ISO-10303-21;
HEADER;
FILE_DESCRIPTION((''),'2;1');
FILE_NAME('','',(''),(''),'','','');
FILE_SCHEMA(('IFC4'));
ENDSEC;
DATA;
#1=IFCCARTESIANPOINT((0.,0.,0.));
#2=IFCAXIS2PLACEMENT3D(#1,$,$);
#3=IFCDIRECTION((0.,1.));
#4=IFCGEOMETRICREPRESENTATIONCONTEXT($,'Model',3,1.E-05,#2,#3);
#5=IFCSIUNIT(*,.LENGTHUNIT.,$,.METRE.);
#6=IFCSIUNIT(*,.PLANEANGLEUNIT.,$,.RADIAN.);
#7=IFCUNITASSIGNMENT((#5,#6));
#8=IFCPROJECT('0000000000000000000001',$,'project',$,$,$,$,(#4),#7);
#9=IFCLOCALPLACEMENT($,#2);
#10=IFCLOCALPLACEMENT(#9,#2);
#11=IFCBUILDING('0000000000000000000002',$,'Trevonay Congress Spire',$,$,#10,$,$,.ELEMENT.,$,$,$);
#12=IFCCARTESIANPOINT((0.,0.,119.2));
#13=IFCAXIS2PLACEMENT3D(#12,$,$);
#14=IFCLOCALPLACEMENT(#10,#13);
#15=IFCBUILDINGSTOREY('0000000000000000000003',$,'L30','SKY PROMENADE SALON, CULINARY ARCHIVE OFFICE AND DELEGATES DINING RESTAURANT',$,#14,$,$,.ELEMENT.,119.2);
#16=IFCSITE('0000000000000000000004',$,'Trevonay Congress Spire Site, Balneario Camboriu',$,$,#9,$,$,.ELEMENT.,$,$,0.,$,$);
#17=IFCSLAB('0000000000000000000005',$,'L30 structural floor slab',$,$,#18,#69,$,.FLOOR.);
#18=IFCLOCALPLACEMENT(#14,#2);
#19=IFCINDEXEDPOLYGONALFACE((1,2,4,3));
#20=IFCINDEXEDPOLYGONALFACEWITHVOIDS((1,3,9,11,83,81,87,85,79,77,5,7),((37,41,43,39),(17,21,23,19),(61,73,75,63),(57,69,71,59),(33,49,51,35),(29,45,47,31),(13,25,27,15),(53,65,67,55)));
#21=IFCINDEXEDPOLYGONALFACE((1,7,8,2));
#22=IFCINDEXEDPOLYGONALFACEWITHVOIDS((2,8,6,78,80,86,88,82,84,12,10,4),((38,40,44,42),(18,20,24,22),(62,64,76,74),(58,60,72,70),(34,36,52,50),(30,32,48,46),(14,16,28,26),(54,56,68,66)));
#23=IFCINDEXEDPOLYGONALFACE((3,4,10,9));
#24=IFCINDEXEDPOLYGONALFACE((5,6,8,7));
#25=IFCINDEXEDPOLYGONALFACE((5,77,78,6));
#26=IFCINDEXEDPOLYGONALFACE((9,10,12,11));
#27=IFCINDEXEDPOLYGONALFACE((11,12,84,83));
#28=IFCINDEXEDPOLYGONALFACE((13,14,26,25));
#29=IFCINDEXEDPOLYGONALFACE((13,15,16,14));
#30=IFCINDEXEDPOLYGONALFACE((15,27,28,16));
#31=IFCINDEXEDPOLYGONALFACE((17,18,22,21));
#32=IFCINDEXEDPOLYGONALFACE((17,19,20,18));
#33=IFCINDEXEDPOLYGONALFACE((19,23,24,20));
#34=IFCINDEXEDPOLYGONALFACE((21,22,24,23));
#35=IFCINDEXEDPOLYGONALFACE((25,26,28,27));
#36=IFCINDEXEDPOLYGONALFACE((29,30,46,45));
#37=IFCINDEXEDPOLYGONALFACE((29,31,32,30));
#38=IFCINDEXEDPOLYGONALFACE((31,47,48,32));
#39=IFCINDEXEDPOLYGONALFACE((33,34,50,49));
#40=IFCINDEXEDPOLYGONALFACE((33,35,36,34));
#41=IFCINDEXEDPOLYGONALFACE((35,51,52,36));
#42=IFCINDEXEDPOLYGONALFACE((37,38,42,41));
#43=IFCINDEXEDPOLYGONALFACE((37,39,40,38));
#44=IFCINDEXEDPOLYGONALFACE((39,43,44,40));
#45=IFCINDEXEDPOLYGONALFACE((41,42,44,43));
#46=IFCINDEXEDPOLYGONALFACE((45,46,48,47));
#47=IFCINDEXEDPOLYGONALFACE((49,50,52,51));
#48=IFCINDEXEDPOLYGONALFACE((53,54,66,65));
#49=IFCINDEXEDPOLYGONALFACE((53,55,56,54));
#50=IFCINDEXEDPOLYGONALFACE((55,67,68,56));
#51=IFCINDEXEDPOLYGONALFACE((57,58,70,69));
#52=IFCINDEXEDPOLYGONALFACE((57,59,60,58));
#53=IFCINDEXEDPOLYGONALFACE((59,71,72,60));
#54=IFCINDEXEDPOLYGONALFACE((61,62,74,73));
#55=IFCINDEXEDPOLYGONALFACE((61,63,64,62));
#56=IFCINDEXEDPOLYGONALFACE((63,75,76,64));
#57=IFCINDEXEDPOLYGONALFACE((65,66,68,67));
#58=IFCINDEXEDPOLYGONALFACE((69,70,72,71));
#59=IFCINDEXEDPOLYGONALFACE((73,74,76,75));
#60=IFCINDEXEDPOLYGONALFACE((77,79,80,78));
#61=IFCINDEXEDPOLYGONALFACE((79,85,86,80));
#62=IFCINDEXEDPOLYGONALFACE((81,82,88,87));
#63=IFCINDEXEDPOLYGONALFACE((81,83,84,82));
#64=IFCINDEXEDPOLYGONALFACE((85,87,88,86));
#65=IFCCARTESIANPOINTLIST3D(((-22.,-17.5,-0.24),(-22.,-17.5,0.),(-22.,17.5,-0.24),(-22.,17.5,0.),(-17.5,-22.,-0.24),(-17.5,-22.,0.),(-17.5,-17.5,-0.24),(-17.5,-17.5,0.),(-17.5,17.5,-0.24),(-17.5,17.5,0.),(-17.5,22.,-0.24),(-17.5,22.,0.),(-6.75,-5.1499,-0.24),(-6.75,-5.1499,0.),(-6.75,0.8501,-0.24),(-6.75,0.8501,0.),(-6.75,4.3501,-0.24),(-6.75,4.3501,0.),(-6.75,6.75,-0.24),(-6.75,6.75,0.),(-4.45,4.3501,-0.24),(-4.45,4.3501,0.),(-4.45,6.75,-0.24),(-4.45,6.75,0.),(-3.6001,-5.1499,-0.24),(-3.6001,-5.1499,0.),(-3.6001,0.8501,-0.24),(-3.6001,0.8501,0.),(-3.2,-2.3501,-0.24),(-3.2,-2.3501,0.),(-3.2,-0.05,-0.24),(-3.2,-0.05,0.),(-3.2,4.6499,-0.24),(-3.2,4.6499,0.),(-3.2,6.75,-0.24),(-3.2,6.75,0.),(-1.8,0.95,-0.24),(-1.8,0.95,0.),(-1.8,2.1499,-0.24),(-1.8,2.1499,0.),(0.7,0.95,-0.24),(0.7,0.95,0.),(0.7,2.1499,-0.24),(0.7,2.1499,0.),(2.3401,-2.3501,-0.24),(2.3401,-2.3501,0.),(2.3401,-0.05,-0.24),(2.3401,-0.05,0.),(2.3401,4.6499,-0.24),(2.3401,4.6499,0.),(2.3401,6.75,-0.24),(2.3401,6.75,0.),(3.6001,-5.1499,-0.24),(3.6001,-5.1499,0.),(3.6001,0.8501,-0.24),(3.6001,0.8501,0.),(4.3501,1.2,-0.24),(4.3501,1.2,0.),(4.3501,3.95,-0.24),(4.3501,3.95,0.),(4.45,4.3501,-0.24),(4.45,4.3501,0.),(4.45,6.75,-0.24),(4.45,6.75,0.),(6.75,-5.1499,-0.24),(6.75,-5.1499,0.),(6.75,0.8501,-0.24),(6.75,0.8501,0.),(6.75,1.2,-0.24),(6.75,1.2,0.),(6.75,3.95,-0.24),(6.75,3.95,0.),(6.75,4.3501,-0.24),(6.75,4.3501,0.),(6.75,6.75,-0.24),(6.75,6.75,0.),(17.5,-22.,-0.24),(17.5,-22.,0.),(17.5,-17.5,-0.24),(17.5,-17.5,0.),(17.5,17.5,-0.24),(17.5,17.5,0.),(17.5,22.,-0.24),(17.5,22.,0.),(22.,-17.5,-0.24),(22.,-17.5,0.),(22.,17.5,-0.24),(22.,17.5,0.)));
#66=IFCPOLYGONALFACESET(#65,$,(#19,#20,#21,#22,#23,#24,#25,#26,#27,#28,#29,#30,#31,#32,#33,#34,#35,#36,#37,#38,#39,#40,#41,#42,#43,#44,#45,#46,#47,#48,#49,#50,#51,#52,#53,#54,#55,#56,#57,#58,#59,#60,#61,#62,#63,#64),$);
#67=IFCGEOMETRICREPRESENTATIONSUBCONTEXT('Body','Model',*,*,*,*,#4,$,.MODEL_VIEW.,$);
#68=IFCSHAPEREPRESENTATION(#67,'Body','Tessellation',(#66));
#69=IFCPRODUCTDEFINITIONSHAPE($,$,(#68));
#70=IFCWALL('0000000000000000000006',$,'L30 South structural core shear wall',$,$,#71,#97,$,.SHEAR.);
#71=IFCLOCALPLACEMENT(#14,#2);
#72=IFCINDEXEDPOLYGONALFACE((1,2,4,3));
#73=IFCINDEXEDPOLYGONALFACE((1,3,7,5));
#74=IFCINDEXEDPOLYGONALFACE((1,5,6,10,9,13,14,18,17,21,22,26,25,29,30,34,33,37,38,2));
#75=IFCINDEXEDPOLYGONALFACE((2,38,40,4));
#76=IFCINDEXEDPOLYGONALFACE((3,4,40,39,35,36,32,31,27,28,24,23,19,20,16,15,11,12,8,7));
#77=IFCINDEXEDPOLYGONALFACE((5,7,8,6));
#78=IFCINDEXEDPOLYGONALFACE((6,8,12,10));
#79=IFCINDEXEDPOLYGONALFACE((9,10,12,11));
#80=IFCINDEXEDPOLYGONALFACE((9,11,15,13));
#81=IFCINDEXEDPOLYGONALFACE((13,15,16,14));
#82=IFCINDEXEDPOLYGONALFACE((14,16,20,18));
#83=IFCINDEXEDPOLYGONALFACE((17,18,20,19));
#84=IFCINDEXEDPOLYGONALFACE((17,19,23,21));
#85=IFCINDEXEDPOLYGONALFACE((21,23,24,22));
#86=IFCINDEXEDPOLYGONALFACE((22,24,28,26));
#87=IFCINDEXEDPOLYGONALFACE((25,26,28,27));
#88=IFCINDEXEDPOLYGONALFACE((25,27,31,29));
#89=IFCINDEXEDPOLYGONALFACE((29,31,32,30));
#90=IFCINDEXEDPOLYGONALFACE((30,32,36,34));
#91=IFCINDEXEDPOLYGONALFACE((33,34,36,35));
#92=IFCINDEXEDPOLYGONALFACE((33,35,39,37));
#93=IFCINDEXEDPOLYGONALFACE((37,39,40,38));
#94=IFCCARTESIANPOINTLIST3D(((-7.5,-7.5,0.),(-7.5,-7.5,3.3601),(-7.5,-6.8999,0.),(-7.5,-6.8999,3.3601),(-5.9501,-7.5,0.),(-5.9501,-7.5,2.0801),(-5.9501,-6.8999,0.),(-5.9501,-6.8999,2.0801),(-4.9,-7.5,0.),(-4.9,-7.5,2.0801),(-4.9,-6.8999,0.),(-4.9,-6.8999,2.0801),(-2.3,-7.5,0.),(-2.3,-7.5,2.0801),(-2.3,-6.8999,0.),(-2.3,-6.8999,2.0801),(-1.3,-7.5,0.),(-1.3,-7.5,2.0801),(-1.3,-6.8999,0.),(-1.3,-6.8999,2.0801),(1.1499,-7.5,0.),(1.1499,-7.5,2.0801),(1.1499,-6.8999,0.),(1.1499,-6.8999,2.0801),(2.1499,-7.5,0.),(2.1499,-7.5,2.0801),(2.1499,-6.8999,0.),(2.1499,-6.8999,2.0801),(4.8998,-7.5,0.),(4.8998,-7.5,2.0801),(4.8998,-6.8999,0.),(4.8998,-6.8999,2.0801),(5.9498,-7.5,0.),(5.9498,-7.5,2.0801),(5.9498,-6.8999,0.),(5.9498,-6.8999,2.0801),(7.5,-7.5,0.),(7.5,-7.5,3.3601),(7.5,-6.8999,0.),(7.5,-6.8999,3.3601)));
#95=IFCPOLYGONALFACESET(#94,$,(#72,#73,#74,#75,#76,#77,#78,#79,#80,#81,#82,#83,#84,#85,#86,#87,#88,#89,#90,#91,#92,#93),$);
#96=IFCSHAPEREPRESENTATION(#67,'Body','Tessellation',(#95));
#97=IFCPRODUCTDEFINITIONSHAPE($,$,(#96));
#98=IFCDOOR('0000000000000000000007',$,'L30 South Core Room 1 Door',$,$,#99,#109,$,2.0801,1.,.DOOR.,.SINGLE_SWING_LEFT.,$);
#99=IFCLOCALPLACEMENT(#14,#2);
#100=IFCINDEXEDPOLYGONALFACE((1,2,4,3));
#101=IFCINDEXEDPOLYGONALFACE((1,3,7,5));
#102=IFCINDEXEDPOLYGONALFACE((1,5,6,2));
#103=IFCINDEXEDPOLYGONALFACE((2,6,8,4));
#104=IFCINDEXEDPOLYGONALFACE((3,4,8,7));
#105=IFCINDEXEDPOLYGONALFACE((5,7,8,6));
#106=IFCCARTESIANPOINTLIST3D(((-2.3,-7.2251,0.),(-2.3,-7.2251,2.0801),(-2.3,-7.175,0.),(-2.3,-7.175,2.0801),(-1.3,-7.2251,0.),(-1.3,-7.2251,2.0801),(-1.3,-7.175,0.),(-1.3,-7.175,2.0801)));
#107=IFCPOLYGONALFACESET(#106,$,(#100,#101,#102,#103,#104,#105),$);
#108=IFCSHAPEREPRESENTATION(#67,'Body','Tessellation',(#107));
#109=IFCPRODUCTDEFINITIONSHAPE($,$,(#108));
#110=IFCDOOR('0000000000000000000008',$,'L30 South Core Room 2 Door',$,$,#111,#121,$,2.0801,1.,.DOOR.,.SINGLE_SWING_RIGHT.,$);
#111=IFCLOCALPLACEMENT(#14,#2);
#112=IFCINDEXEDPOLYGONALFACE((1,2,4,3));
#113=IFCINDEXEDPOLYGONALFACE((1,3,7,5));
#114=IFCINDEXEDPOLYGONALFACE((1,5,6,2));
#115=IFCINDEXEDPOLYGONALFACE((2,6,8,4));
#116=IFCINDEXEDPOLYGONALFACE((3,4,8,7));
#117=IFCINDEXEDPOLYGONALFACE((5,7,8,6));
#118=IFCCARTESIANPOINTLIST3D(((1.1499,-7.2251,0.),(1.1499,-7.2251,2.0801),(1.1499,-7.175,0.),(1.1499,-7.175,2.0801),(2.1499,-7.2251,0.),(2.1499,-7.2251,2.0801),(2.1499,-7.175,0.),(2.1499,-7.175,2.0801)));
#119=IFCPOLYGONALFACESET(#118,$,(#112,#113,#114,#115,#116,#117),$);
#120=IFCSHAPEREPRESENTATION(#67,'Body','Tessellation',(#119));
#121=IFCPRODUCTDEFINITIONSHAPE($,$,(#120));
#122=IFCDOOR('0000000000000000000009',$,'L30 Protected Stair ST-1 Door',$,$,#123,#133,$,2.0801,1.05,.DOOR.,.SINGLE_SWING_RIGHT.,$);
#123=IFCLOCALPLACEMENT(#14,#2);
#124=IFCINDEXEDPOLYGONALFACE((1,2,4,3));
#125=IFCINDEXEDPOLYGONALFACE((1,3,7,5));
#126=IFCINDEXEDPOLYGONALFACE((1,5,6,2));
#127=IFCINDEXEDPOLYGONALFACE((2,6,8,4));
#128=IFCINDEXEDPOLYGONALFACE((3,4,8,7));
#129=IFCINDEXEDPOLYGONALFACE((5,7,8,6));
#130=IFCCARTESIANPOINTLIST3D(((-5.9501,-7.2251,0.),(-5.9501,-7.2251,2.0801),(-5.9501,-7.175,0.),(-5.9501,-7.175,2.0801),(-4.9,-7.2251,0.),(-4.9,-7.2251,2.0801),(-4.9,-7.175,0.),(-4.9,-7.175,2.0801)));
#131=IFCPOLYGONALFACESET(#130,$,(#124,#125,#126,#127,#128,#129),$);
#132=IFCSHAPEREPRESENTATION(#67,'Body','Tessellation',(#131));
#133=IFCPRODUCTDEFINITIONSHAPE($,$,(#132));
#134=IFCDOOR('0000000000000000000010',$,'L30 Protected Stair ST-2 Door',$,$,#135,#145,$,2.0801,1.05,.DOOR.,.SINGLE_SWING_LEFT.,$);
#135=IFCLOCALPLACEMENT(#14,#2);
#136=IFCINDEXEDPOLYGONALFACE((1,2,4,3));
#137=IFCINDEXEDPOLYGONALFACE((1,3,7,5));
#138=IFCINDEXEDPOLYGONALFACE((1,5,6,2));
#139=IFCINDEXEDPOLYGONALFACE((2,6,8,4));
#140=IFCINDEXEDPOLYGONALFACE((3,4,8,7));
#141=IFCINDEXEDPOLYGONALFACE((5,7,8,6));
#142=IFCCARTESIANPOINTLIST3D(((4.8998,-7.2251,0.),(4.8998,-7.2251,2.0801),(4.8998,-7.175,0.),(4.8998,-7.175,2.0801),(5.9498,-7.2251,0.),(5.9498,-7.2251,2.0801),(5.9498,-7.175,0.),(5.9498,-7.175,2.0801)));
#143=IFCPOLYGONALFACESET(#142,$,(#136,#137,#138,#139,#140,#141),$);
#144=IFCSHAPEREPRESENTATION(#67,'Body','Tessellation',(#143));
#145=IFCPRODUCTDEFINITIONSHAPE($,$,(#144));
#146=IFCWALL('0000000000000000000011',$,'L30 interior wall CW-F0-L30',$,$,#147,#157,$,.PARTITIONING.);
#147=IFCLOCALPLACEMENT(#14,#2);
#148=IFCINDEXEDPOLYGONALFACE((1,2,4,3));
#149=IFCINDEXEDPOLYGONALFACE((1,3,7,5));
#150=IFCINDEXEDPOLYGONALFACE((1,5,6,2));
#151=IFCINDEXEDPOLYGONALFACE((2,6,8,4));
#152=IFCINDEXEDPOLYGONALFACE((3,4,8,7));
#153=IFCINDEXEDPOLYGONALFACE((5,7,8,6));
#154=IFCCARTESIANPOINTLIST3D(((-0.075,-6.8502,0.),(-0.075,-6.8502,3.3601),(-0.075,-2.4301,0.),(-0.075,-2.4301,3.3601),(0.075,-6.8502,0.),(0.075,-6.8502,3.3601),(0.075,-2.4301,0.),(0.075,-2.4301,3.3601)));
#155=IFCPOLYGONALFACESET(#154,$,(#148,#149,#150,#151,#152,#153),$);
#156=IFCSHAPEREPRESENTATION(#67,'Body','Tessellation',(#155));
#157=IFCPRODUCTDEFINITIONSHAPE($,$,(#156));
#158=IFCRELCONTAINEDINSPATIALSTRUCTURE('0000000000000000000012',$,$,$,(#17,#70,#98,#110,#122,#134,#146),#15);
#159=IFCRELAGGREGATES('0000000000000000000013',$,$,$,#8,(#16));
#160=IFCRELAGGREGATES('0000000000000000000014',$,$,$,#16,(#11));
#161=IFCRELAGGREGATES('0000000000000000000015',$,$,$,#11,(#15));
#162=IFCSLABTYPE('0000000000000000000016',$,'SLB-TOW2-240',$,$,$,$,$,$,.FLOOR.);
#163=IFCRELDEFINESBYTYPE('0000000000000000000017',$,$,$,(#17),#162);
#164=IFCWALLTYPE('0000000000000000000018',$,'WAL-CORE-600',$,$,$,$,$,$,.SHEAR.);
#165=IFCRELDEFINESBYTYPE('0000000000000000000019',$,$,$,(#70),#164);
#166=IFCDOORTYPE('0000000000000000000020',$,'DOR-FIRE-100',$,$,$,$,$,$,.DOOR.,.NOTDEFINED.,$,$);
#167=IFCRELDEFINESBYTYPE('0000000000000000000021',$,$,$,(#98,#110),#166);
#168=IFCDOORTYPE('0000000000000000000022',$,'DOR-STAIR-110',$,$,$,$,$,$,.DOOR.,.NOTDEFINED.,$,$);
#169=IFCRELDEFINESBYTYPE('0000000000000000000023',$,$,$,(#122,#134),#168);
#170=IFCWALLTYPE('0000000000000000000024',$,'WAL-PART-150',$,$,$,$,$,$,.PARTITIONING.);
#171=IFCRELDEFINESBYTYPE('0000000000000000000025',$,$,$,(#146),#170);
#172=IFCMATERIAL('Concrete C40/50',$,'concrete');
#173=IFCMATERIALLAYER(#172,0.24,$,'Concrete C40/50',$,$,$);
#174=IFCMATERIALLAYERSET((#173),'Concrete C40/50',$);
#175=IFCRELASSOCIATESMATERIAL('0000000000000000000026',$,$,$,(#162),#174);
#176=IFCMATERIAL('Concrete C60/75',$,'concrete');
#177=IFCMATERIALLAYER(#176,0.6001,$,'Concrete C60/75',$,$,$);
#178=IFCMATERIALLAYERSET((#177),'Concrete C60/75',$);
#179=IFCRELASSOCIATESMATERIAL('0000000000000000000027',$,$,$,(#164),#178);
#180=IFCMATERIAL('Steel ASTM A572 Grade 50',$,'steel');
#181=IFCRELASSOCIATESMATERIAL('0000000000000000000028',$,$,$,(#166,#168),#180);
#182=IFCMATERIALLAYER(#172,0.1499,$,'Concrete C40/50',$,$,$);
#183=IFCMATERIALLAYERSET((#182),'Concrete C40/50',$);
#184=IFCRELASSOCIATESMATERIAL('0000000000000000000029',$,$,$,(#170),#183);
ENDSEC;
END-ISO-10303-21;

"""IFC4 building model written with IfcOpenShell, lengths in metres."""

from ifc_helpers import new_model, si_unit, direction, frame, frame_2d, origin, place, context, subcontext, project, spatial, polyline, rectangle, outline, extrude, material, layer, layer_set, type_object, element, fill, save


model = new_model("IFC4")

# Units and contexts
model_context = context("Model", 3, precision=1e-05, world=origin(), true_north=direction((0.0, 1.0)))
body_context = subcontext(model_context, "Body", "Model", "MODEL_VIEW")
ifc_project = project(units=[si_unit("LENGTHUNIT", "METRE"), si_unit("PLANEANGLEUNIT", "RADIAN")], contexts=[model_context])

# Site, building, storey
site_placement = place(None, origin())
site = spatial("IfcSite", under=ifc_project, at=site_placement, Name="Trevonay Congress Spire Site, Balneario Camboriu", CompositionType="ELEMENT", RefElevation=0.0)
building_placement = place(site_placement, origin())
building = spatial("IfcBuilding", under=site, at=building_placement, Name="Trevonay Congress Spire", CompositionType="ELEMENT")
storey_placement = place(building_placement, frame((0.0, 0.0, 119.2)))
storey = spatial("IfcBuildingStorey", under=building, at=storey_placement, Name="L30", Description="SKY PROMENADE SALON, CULINARY ARCHIVE OFFICE AND DELEGATES DINING RESTAURANT", CompositionType="ELEMENT", Elevation=119.2)

# Shared definitions
ifc_material_1 = material(Name="Steel ASTM A572 Grade 50", Category="steel")

# Slab
ifc_material_2 = material(Name="Concrete C40/50", Category="concrete")
ifc_layer_1 = layer(ifc_material_2, 0.24, Name="Concrete C40/50")
ifc_layer_set_1 = layer_set([ifc_layer_1], Name="Concrete C40/50")
slab_type = type_object("IfcSlabType", Name="SLB-TOW2-240", PredefinedType="FLOOR", material=ifc_layer_set_1)
slab_placement = place(storey_placement, frame((0.0, 0.0, -0.24)))
element("IfcSlab", 1, at=slab_placement, inside=storey, type_object=slab_type, Name="L30 structural floor slab", PredefinedType="FLOOR", context=body_context, shape_type="SweptSolid", body=[
    extrude(outline(polyline([(-17.5, -22.0), (17.5, -22.0), (17.5, -17.5), (22.0, -17.5), (22.0, 17.5), (17.5, 17.5), (17.5, 22.0), (-17.5, 22.0), (-17.5, 17.5), (-22.0, 17.5), (-22.0, -17.5), (-17.5, -17.5), (-17.5, -22.0)]), holes=[polyline([(-3.6001, -5.1499), (-3.6001, 0.8501), (-6.75, 0.8501), (-6.75, -5.1499), (-3.6001, -5.1499)]), polyline([(6.75, -5.1499), (6.75, 0.8501), (3.6001, 0.8501), (3.6001, -5.1499), (6.75, -5.1499)]), polyline([(-3.2, -2.3501), (2.3401, -2.3501), (2.3401, -0.05), (-3.2, -0.05), (-3.2, -2.3501)]), polyline([(-3.2, 4.6499), (2.3401, 4.6499), (2.3401, 6.75), (-3.2, 6.75), (-3.2, 4.6499)]), polyline([(-6.75, 4.3501), (-4.45, 4.3501), (-4.45, 6.75), (-6.75, 6.75), (-6.75, 4.3501)]), polyline([(4.45, 4.3501), (6.75, 4.3501), (6.75, 6.75), (4.45, 6.75), (4.45, 4.3501)]), polyline([(4.3501, 1.2), (6.75, 1.2), (6.75, 3.95), (4.3501, 3.95), (4.3501, 1.2)]), polyline([(-1.8, 0.95), (0.7, 0.95), (0.7, 2.1499), (-1.8, 2.1499), (-1.8, 0.95)])]), origin(), (0.0, 0.0, 1.0), 0.24),
])

# Wall, openings, doors
ifc_material_3 = material(Name="Concrete C60/75", Category="concrete")
ifc_layer_2 = layer(ifc_material_3, 0.6001, Name="Concrete C60/75")
ifc_layer_set_2 = layer_set([ifc_layer_2], Name="Concrete C60/75")
wall_type_1 = type_object("IfcWallType", Name="WAL-CORE-600", PredefinedType="SHEAR", material=ifc_layer_set_2)
wall_1_placement = place(storey_placement, frame((-7.5, -7.2, 0.0), z_axis=(0.0, 0.0, 1.0), x_axis=(1.0, 0.0, 0.0)))
wall_1 = element("IfcWall", 2, at=wall_1_placement, inside=storey, type_object=wall_type_1, Name="L30 South structural core shear wall", PredefinedType="SHEAR", context=body_context, shape_type="SweptSolid", body=[
    extrude(rectangle(XDim=15.0, YDim=0.6001, at=frame_2d((7.5, 0.0))), origin(), (0.0, 0.0, 1.0), 3.3601),
])
opening_1_placement = place(wall_1_placement, frame((1.55, 0.0, 0.0)))
opening_1 = element("IfcOpeningElement", 3, at=opening_1_placement, cuts=wall_1, PredefinedType="OPENING", context=body_context, shape_type="SweptSolid", body=[
    extrude(rectangle(XDim=1.05, YDim=2.0801, at=frame_2d((0.5249, 1.04))), frame((0.0, 0.3101, 0.0), z_axis=(0.0, -1.0, 0.0), x_axis=(1.0, 0.0, 0.0)), (0.0, 0.0, 1.0), 0.6201),
])
opening_2_placement = place(wall_1_placement, frame((12.3999, 0.0, 0.0)))
opening_2 = element("IfcOpeningElement", 4, at=opening_2_placement, cuts=wall_1, PredefinedType="OPENING", context=body_context, shape_type="SweptSolid", body=[
    extrude(rectangle(XDim=1.05, YDim=2.0801, at=frame_2d((0.5249, 1.04))), frame((0.0, 0.3101, 0.0), z_axis=(0.0, -1.0, 0.0), x_axis=(1.0, 0.0, 0.0)), (0.0, 0.0, 1.0), 0.6201),
])
opening_3_placement = place(wall_1_placement, frame((5.2, 0.0, 0.0)))
opening_3 = element("IfcOpeningElement", 5, at=opening_3_placement, cuts=wall_1, PredefinedType="OPENING", context=body_context, shape_type="SweptSolid", body=[
    extrude(rectangle(XDim=1.0, YDim=2.0801, at=frame_2d((0.5, 1.04))), frame((0.0, 0.3101, 0.0), z_axis=(0.0, -1.0, 0.0), x_axis=(1.0, 0.0, 0.0)), (0.0, 0.0, 1.0), 0.6201),
])
opening_4_placement = place(wall_1_placement, frame((8.6499, 0.0, 0.0)))
opening_4 = element("IfcOpeningElement", 6, at=opening_4_placement, cuts=wall_1, PredefinedType="OPENING", context=body_context, shape_type="SweptSolid", body=[
    extrude(rectangle(XDim=1.0, YDim=2.0801, at=frame_2d((0.5, 1.04))), frame((0.0, 0.3101, 0.0), z_axis=(0.0, -1.0, 0.0), x_axis=(1.0, 0.0, 0.0)), (0.0, 0.0, 1.0), 0.6201),
])
door_type_1 = type_object("IfcDoorType", Name="DOR-FIRE-100", OperationType="NOTDEFINED", PredefinedType="DOOR", material=ifc_material_1)
door_1_placement = place(opening_3_placement, origin())
door_1 = element("IfcDoor", 7, at=door_1_placement, inside=storey, type_object=door_type_1, Name="L30 South Core Room 1 Door", OperationType="SINGLE_SWING_LEFT", OverallHeight=2.0801, OverallWidth=1.0, PredefinedType="DOOR", context=body_context, shape_type="SweptSolid", body=[
    extrude(rectangle(XDim=1.0, YDim=2.0801, at=frame_2d((0.5, 1.04))), frame((0.0, 0.0249, 0.0), z_axis=(0.0, -1.0, 0.0), x_axis=(1.0, 0.0, 0.0)), (0.0, 0.0, 1.0), 0.05),
])
fill(opening_3, door_1)
door_2_placement = place(opening_4_placement, origin())
door_2 = element("IfcDoor", 8, at=door_2_placement, inside=storey, type_object=door_type_1, Name="L30 South Core Room 2 Door", OperationType="SINGLE_SWING_RIGHT", OverallHeight=2.0801, OverallWidth=1.0, PredefinedType="DOOR", context=body_context, shape_type="SweptSolid", body=[
    extrude(rectangle(XDim=1.0, YDim=2.0801, at=frame_2d((0.5, 1.04))), frame((0.0, 0.0249, 0.0), z_axis=(0.0, -1.0, 0.0), x_axis=(1.0, 0.0, 0.0)), (0.0, 0.0, 1.0), 0.05),
])
fill(opening_4, door_2)
door_type_2 = type_object("IfcDoorType", Name="DOR-STAIR-110", OperationType="NOTDEFINED", PredefinedType="DOOR", material=ifc_material_1)
door_3_placement = place(opening_1_placement, origin())
door_3 = element("IfcDoor", 9, at=door_3_placement, inside=storey, type_object=door_type_2, Name="L30 Protected Stair ST-1 Door", OperationType="SINGLE_SWING_RIGHT", OverallHeight=2.0801, OverallWidth=1.05, PredefinedType="DOOR", context=body_context, shape_type="SweptSolid", body=[
    extrude(rectangle(XDim=1.05, YDim=2.0801, at=frame_2d((0.5249, 1.04))), frame((0.0, 0.0249, 0.0), z_axis=(0.0, -1.0, 0.0), x_axis=(1.0, 0.0, 0.0)), (0.0, 0.0, 1.0), 0.05),
])
fill(opening_1, door_3)
door_4_placement = place(opening_2_placement, origin())
door_4 = element("IfcDoor", 10, at=door_4_placement, inside=storey, type_object=door_type_2, Name="L30 Protected Stair ST-2 Door", OperationType="SINGLE_SWING_LEFT", OverallHeight=2.0801, OverallWidth=1.05, PredefinedType="DOOR", context=body_context, shape_type="SweptSolid", body=[
    extrude(rectangle(XDim=1.05, YDim=2.0801, at=frame_2d((0.5249, 1.04))), frame((0.0, 0.0249, 0.0), z_axis=(0.0, -1.0, 0.0), x_axis=(1.0, 0.0, 0.0)), (0.0, 0.0, 1.0), 0.05),
])
fill(opening_2, door_4)

# Wall
ifc_layer_3 = layer(ifc_material_2, 0.1499, Name="Concrete C40/50")
ifc_layer_set_3 = layer_set([ifc_layer_3], Name="Concrete C40/50")
wall_type_2 = type_object("IfcWallType", Name="WAL-PART-150", PredefinedType="PARTITIONING", material=ifc_layer_set_3)
wall_2_placement = place(storey_placement, frame((0.0, -6.8501, 0.0), z_axis=(0.0, 0.0, 1.0), x_axis=(0.0, 1.0, 0.0)))
element("IfcWall", 11, at=wall_2_placement, inside=storey, type_object=wall_type_2, Name="L30 interior wall CW-F0-L30", PredefinedType="PARTITIONING", context=body_context, shape_type="SweptSolid", body=[
    extrude(rectangle(XDim=4.4202, YDim=0.1499, at=frame_2d((2.21, 0.0))), origin(), (0.0, 0.0, 1.0), 3.3601),
])

save(model, "model.ifc")
